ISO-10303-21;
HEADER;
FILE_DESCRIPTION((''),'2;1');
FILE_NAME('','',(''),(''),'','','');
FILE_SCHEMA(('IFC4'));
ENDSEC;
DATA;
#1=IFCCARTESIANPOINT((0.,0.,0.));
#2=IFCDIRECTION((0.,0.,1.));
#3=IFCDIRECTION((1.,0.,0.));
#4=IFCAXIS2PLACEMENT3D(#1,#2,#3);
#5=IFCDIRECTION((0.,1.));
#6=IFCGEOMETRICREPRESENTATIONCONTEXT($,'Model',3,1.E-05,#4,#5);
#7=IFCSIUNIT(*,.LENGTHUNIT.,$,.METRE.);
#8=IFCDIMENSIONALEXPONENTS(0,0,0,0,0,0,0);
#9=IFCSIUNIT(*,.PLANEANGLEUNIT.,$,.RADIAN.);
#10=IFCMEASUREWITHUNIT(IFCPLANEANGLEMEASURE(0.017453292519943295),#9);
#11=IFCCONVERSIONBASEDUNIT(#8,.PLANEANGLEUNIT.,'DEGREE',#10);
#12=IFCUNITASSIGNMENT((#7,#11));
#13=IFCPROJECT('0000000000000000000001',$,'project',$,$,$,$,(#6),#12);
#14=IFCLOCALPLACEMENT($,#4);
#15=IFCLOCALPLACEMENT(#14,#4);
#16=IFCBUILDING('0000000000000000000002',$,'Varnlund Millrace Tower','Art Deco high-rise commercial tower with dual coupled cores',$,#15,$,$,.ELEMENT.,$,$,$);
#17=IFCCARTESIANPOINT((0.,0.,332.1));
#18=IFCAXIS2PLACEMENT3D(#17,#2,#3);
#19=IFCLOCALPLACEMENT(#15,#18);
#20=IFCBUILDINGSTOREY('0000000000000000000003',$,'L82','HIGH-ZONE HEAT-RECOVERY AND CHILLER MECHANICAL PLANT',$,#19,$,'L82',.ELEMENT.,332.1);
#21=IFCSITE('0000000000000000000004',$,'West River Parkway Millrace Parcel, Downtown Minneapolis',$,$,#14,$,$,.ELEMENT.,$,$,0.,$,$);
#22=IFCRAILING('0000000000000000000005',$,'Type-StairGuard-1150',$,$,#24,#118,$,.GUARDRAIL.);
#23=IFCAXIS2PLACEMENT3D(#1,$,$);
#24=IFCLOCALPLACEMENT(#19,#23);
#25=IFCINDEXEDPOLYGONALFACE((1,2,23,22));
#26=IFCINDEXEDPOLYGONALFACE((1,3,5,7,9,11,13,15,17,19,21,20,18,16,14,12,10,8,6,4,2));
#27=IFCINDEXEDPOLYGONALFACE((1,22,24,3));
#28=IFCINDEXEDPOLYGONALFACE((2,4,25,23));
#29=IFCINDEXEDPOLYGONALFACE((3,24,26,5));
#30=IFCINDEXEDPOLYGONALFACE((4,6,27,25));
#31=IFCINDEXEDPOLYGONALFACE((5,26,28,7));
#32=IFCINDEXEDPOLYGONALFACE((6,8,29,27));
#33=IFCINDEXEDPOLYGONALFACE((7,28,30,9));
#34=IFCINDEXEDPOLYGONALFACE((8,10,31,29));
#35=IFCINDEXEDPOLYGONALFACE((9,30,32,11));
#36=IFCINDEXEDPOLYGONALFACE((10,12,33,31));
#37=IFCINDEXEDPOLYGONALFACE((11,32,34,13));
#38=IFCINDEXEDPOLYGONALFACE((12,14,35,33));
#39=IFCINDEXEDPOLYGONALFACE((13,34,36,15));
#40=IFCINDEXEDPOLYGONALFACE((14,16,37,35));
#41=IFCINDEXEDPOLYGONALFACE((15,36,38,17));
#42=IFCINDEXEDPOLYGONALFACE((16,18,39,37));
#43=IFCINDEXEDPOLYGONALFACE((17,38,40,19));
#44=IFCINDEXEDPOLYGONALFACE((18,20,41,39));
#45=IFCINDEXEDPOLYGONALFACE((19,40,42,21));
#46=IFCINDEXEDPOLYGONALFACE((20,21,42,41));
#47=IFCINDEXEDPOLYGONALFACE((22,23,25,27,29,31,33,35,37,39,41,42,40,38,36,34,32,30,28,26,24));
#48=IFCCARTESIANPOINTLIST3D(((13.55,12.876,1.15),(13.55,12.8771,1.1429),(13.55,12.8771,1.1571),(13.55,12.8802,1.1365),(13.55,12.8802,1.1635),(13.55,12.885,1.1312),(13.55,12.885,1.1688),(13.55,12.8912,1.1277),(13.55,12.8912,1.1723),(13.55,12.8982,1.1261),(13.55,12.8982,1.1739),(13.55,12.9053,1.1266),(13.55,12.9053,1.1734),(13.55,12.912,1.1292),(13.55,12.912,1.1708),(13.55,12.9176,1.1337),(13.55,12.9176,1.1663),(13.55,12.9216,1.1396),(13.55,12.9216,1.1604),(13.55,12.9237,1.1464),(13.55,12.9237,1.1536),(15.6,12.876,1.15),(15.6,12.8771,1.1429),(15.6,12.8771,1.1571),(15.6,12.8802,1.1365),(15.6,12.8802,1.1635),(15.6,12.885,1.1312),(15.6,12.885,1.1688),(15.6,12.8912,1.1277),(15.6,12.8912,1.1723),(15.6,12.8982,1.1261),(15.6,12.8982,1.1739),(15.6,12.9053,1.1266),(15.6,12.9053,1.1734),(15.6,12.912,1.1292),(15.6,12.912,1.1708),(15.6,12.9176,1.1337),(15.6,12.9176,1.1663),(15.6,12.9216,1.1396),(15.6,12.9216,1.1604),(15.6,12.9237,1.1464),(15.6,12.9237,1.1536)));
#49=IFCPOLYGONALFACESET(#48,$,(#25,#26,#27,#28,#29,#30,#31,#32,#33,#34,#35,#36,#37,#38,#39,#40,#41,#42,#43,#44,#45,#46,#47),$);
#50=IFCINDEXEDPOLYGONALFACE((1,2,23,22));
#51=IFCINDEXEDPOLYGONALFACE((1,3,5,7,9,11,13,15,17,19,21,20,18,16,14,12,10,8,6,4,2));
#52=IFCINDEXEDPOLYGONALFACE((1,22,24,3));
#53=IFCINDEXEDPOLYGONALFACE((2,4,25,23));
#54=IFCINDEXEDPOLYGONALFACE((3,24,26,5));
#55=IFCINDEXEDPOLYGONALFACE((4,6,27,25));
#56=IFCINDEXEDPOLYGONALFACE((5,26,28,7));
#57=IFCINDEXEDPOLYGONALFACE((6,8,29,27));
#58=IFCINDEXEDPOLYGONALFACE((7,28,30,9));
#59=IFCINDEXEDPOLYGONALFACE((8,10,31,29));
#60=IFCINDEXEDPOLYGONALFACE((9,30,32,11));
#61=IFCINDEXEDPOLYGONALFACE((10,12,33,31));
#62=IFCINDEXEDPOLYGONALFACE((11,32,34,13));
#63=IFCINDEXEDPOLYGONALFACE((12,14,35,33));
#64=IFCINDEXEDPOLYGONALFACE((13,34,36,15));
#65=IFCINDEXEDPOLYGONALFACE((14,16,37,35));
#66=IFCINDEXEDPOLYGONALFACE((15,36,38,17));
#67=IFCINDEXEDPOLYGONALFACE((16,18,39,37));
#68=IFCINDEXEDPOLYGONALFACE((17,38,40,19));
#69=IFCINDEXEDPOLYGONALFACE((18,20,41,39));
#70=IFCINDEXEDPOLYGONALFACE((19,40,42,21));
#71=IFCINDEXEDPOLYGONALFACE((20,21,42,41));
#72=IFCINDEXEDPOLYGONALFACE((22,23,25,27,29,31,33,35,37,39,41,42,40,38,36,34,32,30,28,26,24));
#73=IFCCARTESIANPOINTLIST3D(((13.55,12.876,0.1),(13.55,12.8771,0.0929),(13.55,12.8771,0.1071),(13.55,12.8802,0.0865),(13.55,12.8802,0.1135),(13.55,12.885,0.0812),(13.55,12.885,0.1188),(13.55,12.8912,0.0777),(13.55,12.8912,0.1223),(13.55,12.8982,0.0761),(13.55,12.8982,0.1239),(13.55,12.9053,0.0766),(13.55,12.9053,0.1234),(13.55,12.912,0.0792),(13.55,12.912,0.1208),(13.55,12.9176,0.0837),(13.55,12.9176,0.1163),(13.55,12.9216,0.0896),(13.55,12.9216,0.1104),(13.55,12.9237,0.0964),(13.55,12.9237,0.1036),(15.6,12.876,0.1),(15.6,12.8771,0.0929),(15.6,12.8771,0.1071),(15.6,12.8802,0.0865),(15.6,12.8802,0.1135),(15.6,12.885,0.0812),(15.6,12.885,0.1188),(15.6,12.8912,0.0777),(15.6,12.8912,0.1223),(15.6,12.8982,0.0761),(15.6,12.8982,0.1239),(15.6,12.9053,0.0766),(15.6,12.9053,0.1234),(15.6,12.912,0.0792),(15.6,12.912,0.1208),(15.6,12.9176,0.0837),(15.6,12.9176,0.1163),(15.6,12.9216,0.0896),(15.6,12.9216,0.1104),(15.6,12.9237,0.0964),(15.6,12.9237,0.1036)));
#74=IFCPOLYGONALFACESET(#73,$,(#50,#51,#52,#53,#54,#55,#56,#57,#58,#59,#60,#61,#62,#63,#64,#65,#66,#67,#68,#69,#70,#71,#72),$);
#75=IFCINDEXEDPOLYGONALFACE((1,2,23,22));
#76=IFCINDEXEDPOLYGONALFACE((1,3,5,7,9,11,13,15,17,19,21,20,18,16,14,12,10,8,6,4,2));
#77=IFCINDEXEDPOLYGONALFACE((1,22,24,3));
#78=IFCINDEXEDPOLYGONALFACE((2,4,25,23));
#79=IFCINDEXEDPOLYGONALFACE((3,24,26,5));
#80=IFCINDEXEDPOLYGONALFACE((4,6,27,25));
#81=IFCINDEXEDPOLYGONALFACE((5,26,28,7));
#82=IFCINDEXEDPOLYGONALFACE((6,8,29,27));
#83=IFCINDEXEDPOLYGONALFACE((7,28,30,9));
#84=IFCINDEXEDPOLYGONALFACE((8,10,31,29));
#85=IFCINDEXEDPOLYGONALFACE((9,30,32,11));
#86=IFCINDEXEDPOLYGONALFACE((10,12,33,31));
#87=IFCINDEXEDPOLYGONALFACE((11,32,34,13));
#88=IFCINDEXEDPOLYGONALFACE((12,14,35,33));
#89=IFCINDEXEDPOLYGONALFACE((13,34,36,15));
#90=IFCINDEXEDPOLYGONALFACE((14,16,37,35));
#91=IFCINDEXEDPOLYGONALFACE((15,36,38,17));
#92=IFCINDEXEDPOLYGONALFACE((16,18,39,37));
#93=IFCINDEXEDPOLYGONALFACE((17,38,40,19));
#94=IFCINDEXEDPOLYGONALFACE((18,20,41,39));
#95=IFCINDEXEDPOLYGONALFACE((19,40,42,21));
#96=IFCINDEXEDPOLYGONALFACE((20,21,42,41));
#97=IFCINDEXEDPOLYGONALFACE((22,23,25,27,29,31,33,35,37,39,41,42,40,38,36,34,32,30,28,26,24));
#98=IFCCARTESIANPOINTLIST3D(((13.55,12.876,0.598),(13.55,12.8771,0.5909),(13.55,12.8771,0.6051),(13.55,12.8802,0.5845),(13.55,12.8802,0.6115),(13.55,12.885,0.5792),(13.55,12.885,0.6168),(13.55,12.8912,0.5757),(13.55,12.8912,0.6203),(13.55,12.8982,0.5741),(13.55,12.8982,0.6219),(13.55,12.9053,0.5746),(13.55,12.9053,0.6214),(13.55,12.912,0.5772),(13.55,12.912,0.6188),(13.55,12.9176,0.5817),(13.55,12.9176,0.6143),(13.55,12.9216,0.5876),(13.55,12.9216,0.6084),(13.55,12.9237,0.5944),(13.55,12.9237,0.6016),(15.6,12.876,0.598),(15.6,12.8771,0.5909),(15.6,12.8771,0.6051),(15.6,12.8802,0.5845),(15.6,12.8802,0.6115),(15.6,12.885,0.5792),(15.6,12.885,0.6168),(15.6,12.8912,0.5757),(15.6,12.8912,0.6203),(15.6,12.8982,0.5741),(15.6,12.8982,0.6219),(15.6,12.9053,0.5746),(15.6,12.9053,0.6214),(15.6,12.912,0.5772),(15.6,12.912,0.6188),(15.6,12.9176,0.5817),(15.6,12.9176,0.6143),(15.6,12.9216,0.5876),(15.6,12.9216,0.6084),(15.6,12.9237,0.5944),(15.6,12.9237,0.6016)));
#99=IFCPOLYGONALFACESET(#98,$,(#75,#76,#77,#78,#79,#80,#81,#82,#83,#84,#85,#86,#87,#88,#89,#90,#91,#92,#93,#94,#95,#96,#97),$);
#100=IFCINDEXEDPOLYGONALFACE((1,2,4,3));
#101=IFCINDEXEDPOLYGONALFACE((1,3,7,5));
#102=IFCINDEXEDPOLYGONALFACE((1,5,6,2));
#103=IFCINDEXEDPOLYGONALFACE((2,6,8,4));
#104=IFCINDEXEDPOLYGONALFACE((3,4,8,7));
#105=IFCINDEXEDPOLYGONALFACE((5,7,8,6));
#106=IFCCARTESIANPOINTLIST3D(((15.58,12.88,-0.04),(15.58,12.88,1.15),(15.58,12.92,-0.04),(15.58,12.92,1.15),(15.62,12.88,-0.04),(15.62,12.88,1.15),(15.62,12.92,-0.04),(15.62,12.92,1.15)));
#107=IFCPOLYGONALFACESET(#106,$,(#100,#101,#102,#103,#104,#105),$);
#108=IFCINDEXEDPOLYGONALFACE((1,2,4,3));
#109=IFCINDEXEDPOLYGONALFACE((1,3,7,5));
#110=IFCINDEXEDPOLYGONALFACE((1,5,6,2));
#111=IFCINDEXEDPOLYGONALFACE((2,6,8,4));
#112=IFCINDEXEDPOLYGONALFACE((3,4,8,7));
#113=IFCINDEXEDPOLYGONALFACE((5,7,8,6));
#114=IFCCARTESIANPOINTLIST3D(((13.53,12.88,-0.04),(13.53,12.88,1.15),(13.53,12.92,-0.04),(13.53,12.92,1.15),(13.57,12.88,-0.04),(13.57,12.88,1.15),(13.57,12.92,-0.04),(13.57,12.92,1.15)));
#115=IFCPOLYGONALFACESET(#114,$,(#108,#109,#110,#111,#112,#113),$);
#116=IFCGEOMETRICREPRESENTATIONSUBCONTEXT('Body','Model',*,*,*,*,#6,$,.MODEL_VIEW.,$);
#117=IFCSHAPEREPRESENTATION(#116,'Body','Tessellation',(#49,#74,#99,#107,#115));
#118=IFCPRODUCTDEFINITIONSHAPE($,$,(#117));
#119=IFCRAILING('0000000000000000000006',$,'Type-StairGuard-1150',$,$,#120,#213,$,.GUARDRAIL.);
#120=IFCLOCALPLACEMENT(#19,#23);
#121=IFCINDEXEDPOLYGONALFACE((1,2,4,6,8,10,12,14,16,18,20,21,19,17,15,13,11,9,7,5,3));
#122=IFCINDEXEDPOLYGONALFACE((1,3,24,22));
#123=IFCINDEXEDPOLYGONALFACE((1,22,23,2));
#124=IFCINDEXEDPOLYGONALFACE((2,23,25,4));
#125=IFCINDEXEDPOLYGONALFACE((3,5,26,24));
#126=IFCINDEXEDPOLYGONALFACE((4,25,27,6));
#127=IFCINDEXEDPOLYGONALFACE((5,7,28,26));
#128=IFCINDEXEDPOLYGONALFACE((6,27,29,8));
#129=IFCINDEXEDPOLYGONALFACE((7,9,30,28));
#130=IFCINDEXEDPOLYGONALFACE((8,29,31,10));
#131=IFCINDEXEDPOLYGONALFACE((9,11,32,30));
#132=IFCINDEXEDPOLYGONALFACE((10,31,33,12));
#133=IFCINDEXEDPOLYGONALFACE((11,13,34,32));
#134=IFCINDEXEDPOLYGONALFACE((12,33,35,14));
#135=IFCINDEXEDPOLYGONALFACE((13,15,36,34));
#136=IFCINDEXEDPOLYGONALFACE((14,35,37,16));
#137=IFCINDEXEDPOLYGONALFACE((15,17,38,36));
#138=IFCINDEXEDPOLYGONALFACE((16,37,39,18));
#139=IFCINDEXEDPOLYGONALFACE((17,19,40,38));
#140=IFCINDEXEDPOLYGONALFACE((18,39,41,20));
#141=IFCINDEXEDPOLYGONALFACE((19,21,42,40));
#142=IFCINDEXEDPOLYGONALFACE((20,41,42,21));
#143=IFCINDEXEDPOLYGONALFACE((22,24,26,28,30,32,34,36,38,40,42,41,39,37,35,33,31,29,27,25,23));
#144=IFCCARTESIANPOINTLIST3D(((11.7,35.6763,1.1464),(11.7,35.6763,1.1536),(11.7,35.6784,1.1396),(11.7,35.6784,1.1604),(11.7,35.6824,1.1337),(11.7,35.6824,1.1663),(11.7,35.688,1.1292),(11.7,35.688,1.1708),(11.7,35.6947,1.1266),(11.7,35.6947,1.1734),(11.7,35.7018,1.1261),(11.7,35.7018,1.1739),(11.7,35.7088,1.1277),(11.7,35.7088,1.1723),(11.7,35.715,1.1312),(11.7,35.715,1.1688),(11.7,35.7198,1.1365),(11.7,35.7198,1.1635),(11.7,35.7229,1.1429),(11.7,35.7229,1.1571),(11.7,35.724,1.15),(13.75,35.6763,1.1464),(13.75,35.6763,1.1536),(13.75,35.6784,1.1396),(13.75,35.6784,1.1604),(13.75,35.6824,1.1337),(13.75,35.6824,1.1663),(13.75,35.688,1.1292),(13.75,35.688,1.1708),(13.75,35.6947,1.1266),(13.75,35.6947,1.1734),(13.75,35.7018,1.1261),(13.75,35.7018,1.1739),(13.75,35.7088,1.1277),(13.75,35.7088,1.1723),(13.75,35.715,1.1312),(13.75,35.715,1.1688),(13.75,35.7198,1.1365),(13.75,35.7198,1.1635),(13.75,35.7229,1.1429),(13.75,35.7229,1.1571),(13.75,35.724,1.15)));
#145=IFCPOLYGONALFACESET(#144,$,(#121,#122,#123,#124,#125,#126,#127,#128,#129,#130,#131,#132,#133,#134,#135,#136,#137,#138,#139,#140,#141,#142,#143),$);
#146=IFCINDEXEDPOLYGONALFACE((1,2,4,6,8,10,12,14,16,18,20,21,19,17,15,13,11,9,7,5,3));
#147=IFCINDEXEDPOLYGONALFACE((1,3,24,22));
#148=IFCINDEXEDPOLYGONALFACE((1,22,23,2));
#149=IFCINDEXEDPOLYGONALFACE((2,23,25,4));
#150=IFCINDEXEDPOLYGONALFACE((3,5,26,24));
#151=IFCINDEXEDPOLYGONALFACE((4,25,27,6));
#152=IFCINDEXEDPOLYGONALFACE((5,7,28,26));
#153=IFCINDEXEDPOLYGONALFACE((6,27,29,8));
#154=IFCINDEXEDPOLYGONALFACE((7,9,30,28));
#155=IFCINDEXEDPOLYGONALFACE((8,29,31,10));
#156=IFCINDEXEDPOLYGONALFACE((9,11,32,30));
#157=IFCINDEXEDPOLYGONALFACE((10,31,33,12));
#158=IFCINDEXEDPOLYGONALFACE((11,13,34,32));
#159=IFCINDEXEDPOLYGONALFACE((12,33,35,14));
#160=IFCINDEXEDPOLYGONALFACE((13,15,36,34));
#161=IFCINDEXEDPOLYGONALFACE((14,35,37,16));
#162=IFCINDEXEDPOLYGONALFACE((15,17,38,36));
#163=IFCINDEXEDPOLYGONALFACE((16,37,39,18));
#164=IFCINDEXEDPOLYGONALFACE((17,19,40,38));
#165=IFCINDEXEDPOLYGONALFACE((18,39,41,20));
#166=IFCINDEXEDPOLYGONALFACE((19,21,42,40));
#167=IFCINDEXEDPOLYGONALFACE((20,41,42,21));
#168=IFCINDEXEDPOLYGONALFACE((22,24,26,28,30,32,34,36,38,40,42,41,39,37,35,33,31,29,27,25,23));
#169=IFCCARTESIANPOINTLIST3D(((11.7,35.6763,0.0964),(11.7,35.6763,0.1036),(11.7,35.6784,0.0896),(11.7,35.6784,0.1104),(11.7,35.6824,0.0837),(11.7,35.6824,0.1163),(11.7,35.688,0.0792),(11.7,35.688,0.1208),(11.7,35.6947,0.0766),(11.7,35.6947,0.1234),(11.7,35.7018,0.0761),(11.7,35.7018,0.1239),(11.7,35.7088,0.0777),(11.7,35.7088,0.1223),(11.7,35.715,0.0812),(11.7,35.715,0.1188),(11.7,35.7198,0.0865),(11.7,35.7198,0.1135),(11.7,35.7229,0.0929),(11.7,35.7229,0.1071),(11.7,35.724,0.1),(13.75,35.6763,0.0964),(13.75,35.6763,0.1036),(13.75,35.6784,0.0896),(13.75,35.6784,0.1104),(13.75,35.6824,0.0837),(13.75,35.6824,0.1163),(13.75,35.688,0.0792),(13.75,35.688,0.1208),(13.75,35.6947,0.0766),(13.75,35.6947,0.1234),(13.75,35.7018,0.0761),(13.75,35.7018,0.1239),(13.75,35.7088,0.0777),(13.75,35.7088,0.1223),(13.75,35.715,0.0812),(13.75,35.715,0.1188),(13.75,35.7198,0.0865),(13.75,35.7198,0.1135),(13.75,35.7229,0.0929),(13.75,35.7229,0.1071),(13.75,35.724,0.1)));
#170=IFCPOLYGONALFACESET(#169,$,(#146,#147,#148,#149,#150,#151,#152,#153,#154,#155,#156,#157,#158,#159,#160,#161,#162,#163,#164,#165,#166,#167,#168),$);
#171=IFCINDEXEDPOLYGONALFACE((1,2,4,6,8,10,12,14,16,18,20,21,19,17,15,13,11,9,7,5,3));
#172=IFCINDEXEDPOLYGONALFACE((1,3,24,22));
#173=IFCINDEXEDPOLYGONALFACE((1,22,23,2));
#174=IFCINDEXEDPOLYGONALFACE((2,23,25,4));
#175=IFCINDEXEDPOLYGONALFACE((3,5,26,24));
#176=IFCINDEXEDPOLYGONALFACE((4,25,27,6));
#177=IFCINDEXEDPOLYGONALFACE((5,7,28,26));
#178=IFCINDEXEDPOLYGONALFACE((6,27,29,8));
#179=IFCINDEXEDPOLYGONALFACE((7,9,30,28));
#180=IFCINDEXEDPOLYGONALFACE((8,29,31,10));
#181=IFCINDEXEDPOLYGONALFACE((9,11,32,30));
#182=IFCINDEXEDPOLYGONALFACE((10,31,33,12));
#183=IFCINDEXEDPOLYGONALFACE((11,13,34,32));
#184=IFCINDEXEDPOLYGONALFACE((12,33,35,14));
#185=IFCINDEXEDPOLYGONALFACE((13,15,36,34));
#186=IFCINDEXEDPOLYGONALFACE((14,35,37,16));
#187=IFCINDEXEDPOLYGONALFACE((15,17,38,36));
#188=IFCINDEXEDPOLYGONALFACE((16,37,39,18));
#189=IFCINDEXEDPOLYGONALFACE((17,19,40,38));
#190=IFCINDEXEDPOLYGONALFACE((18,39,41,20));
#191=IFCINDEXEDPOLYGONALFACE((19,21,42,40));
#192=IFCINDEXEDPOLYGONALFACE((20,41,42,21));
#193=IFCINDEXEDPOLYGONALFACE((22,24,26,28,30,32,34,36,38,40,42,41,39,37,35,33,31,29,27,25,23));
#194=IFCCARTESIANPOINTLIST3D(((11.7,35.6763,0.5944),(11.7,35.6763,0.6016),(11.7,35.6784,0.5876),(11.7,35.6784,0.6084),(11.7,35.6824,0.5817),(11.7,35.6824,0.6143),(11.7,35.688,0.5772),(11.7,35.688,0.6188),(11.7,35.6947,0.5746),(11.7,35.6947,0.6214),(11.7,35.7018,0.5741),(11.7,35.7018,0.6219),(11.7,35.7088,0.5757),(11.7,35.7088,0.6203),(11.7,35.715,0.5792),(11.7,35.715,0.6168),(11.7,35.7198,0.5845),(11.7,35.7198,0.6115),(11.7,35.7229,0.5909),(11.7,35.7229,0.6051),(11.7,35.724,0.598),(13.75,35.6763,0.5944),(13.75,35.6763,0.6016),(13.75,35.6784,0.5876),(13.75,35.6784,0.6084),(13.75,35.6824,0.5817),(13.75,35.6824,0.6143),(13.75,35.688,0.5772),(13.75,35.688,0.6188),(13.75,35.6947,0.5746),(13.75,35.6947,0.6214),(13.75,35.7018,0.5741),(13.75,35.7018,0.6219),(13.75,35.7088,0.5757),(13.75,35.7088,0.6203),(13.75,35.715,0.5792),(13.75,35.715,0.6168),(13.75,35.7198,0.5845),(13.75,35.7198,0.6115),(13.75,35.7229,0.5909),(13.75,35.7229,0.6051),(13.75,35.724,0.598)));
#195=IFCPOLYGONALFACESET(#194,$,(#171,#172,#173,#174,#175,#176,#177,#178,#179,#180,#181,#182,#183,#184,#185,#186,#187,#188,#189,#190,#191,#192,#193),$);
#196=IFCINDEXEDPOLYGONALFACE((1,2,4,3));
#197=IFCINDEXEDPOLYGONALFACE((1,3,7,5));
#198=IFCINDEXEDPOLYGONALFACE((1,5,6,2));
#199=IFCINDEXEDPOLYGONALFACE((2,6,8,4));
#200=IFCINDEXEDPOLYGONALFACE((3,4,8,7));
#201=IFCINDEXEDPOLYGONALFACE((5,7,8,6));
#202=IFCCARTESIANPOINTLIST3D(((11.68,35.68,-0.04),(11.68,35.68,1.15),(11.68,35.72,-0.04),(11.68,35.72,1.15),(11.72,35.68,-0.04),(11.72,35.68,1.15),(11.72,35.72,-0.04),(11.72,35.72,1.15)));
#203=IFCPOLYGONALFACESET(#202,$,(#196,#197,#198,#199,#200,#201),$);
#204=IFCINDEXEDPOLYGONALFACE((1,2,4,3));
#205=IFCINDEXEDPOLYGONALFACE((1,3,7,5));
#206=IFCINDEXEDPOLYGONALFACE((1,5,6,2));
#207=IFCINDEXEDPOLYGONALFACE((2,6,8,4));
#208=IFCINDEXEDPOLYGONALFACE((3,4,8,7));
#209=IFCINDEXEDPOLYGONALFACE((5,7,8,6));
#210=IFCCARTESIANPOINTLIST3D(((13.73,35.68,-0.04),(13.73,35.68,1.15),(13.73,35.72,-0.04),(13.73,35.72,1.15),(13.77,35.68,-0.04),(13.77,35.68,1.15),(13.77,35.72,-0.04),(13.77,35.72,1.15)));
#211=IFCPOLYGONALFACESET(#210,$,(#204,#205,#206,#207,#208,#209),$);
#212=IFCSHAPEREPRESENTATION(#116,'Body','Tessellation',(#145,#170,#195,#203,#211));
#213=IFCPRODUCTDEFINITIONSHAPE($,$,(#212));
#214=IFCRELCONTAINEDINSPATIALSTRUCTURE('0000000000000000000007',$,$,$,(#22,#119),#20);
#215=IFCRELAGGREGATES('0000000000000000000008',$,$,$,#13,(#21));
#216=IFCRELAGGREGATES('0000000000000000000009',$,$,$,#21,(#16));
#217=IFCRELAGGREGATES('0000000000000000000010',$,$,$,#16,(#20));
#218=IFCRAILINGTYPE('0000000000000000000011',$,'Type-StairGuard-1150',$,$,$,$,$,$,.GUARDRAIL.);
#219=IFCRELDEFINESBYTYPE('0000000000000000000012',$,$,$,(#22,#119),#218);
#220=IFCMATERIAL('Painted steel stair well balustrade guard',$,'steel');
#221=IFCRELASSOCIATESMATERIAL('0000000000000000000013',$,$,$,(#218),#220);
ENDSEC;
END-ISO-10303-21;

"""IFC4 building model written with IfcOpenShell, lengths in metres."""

from ifc_helpers import new_model, entity, si_unit, converted_unit, direction, frame, origin_with_axes, origin_2d_with_axis, place, context, subcontext, project, spatial, rectangle, circle, extrude, material, type_object, element, save


model = new_model("IFC4")

# Units and contexts
model_context = context("Model", 3, precision=1e-05, world=origin_with_axes(), true_north=direction((0.0, 1.0)))
body_context = subcontext(model_context, "Body", "Model", "MODEL_VIEW")
ifc_project = project(units=[si_unit("LENGTHUNIT", "METRE"), converted_unit("PLANEANGLEUNIT", "DEGREE", entity("IfcPlaneAngleMeasure", 0.017453292519943295), si_unit("PLANEANGLEUNIT", "RADIAN"), dimensions=[0, 0, 0, 0, 0, 0, 0])], contexts=[model_context])

# Site, building, storey
site_placement = place(None, origin_with_axes())
site = spatial("IfcSite", under=ifc_project, at=site_placement, Name="West River Parkway Millrace Parcel, Downtown Minneapolis", CompositionType="ELEMENT", RefElevation=0.0)
building_placement = place(site_placement, origin_with_axes())
building = spatial("IfcBuilding", under=site, at=building_placement, Name="Varnlund Millrace Tower", Description="Art Deco high-rise commercial tower with dual coupled cores", CompositionType="ELEMENT")
storey_placement = place(building_placement, frame((0.0, 0.0, 332.1), z_axis=(0.0, 0.0, 1.0), x_axis=(1.0, 0.0, 0.0)))
storey = spatial("IfcBuildingStorey", under=building, at=storey_placement, Name="L82", Description="HIGH-ZONE HEAT-RECOVERY AND CHILLER MECHANICAL PLANT", LongName="L82", CompositionType="ELEMENT", Elevation=332.1)

# Railings
ifc_material_1 = material(Name="Painted steel stair well balustrade guard", Category="steel")
railing_type = type_object("IfcRailingType", Name="Type-StairGuard-1150", PredefinedType="GUARDRAIL", material=ifc_material_1)
railing_1_placement = place(storey_placement, frame((0.0, 0.0, -332.1), z_axis=(0.0, 0.0, 1.0), x_axis=(1.0, 0.0, 0.0)))
element("IfcRailing", 1, at=railing_1_placement, inside=storey, type_object=railing_type, Name="Type-StairGuard-1150", PredefinedType="GUARDRAIL", context=body_context, shape_type="SweptSolid", body=[
    extrude(circle(Radius=0.024, at=origin_2d_with_axis()), frame((15.6, 12.9, 333.25), z_axis=(-1.0, 0.0, 0.0), x_axis=(0.0, -1.0, 0.0)), (0.0, 0.0, 1.0), 2.05),
    extrude(circle(Radius=0.024, at=origin_2d_with_axis()), frame((15.6, 12.9, 332.2), z_axis=(-1.0, 0.0, 0.0), x_axis=(0.0, -1.0, 0.0)), (0.0, 0.0, 1.0), 2.05),
    extrude(circle(Radius=0.024, at=origin_2d_with_axis()), frame((15.6, 12.9, 332.698), z_axis=(-1.0, 0.0, 0.0), x_axis=(0.0, -1.0, 0.0)), (0.0, 0.0, 1.0), 2.05),
    extrude(rectangle(XDim=0.04, YDim=0.04, at=origin_2d_with_axis()), frame((15.6, 12.9, 332.06), z_axis=(0.0, 0.0, 1.0), x_axis=(1.0, 0.0, 0.0)), (0.0, 0.0, 1.0), 1.19),
    extrude(rectangle(XDim=0.04, YDim=0.04, at=origin_2d_with_axis()), frame((13.55, 12.9, 332.06), z_axis=(0.0, 0.0, 1.0), x_axis=(1.0, 0.0, 0.0)), (0.0, 0.0, 1.0), 1.19),
])
railing_2_placement = place(storey_placement, frame((0.0, 0.0, -332.1), z_axis=(0.0, 0.0, 1.0), x_axis=(1.0, 0.0, 0.0)))
element("IfcRailing", 2, at=railing_2_placement, inside=storey, type_object=railing_type, Name="Type-StairGuard-1150", PredefinedType="GUARDRAIL", context=body_context, shape_type="SweptSolid", body=[
    extrude(circle(Radius=0.024, at=origin_2d_with_axis()), frame((11.7, 35.7, 333.25), z_axis=(1.0, 0.0, 0.0), x_axis=(0.0, 1.0, 0.0)), (0.0, 0.0, 1.0), 2.05),
    extrude(circle(Radius=0.024, at=origin_2d_with_axis()), frame((11.7, 35.7, 332.2), z_axis=(1.0, 0.0, 0.0), x_axis=(0.0, 1.0, 0.0)), (0.0, 0.0, 1.0), 2.05),
    extrude(circle(Radius=0.024, at=origin_2d_with_axis()), frame((11.7, 35.7, 332.698), z_axis=(1.0, 0.0, 0.0), x_axis=(0.0, 1.0, 0.0)), (0.0, 0.0, 1.0), 2.05),
    extrude(rectangle(XDim=0.04, YDim=0.04, at=origin_2d_with_axis()), frame((11.7, 35.7, 332.06), z_axis=(0.0, 0.0, 1.0), x_axis=(1.0, 0.0, 0.0)), (0.0, 0.0, 1.0), 1.19),
    extrude(rectangle(XDim=0.04, YDim=0.04, at=origin_2d_with_axis()), frame((13.75, 35.7, 332.06), z_axis=(0.0, 0.0, 1.0), x_axis=(1.0, 0.0, 0.0)), (0.0, 0.0, 1.0), 1.19),
])

save(model, "model.ifc")
